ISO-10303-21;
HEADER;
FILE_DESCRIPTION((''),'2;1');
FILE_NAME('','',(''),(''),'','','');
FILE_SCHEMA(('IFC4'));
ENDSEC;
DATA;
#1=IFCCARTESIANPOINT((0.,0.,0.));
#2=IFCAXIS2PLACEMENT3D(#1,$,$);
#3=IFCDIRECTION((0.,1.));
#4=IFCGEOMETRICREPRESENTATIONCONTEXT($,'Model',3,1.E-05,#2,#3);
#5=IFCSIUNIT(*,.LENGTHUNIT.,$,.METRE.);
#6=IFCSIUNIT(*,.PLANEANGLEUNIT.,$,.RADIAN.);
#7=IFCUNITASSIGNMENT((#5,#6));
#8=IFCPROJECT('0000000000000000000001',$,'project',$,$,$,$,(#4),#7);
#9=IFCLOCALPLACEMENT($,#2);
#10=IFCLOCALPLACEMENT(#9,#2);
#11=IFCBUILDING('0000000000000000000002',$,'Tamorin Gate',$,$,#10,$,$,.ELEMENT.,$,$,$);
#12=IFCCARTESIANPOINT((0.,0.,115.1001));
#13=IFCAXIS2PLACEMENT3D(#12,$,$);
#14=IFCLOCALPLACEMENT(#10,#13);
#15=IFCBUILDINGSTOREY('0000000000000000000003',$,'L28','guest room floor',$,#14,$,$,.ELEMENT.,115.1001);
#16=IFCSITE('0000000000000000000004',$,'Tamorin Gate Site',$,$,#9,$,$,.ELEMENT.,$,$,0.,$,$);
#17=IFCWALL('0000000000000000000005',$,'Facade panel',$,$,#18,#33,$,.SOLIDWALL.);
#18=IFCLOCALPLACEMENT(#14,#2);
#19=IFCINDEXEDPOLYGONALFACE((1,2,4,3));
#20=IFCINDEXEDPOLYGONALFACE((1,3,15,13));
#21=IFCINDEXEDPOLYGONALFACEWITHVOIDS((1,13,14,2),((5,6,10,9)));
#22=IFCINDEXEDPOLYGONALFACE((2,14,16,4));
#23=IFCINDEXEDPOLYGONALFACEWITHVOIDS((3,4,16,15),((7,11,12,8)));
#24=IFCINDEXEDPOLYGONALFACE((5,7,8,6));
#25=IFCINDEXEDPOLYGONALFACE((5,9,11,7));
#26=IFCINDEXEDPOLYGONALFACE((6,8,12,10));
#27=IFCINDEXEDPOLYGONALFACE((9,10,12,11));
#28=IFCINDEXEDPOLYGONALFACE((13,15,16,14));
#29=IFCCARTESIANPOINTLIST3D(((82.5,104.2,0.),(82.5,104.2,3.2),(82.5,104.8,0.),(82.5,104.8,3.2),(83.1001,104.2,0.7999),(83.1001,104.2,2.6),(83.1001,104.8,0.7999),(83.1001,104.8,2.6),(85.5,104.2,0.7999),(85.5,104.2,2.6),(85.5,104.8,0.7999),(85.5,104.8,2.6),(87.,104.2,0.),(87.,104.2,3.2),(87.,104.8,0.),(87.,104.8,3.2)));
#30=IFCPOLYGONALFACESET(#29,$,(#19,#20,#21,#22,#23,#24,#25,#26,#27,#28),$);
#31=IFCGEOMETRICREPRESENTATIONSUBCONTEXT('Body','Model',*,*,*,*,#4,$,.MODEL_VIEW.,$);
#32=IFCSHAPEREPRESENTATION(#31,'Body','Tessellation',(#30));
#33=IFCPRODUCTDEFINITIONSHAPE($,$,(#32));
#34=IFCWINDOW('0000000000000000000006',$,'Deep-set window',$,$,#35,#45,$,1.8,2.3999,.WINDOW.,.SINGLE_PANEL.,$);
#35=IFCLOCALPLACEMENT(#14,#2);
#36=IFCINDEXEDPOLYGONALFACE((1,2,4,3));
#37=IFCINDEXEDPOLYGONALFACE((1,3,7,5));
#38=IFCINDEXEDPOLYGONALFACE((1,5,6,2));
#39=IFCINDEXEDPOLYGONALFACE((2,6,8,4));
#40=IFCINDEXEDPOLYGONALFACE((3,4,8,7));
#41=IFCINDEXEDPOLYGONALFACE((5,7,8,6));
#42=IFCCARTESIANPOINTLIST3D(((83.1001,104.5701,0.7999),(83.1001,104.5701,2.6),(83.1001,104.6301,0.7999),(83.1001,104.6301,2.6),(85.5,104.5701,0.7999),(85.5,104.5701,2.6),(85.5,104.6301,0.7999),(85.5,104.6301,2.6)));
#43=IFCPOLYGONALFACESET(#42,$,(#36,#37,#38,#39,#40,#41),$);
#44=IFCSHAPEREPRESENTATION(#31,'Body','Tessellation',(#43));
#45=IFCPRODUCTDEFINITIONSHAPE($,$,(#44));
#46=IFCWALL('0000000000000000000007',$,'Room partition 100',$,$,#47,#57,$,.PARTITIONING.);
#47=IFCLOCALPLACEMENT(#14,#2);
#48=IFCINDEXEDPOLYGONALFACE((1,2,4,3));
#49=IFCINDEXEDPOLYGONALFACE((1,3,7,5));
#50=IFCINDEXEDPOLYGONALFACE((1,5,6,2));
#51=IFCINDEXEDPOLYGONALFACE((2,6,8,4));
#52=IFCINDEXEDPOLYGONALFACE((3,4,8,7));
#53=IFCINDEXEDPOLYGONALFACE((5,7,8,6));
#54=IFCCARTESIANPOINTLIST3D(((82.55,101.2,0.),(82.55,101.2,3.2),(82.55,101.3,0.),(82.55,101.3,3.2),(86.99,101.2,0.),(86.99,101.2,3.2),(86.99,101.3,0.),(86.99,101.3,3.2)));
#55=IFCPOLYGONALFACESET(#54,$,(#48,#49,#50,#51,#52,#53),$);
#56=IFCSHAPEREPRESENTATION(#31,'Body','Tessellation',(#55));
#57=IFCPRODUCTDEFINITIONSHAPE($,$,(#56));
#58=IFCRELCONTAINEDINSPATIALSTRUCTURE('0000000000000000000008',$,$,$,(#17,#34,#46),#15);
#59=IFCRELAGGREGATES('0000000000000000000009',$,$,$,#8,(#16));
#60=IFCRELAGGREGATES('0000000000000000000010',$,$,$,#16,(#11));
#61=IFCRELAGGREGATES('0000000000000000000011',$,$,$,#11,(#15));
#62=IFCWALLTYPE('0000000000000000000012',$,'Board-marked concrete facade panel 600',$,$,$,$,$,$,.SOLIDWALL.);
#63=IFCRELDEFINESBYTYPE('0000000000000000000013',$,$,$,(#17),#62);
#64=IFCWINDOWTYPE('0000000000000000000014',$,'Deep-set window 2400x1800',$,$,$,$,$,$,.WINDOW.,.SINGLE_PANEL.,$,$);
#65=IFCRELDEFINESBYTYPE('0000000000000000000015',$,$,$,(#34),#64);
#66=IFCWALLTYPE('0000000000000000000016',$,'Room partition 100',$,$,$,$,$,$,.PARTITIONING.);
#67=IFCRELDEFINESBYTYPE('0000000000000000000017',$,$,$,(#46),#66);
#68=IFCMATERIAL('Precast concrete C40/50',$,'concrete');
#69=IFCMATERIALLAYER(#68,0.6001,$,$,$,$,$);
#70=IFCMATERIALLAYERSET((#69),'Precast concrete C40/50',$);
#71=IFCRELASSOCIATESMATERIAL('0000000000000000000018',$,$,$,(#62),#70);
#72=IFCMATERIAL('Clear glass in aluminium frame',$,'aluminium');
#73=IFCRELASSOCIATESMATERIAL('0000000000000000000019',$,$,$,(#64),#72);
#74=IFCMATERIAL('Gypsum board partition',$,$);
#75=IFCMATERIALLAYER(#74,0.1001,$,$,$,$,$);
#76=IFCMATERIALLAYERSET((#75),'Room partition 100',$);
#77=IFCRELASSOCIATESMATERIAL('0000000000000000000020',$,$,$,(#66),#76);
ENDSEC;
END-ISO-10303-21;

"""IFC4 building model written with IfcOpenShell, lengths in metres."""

from ifc_helpers import new_model, si_unit, direction, frame, frame_2d, origin, place, context, subcontext, project, spatial, rectangle, extrude, material, layer, layer_set, type_object, element, fill, save


model = new_model("IFC4")

# Units and contexts
model_context = context("Model", 3, precision=1e-05, world=origin(), true_north=direction((0.0, 1.0)))
body_context = subcontext(model_context, "Body", "Model", "MODEL_VIEW")
ifc_project = project(units=[si_unit("LENGTHUNIT", "METRE"), si_unit("PLANEANGLEUNIT", "RADIAN")], contexts=[model_context])

# Site, building, storey
site_placement = place(None, origin())
site = spatial("IfcSite", under=ifc_project, at=site_placement, Name="Tamorin Gate Site", CompositionType="ELEMENT", RefElevation=0.0)
building_placement = place(site_placement, origin())
building = spatial("IfcBuilding", under=site, at=building_placement, Name="Tamorin Gate", CompositionType="ELEMENT")
storey_placement = place(building_placement, frame((0.0, 0.0, 115.1001)))
storey = spatial("IfcBuildingStorey", under=building, at=storey_placement, Name="L28", Description="guest room floor", CompositionType="ELEMENT", Elevation=115.1001)

# Shared definitions
ifc_material_1 = material(Name="Precast concrete C40/50", Category="concrete")
ifc_layer_1 = layer(ifc_material_1, 0.6001)
ifc_layer_set_1 = layer_set([ifc_layer_1], Name="Precast concrete C40/50")
wall_type_1 = type_object("IfcWallType", Name="Board-marked concrete facade panel 600", PredefinedType="SOLIDWALL", material=ifc_layer_set_1)
ifc_material_2 = material(Name="Clear glass in aluminium frame", Category="aluminium")
window_type = type_object("IfcWindowType", Name="Deep-set window 2400x1800", PartitioningType="SINGLE_PANEL", PredefinedType="WINDOW", material=ifc_material_2)

# Wall, opening, window
wall_1_placement = place(storey_placement, frame((87.0, 104.5, 0.0), z_axis=(0.0, 0.0, 1.0), x_axis=(-1.0, 0.0, 0.0)))
wall_1 = element("IfcWall", 1, at=wall_1_placement, inside=storey, type_object=wall_type_1, Name="Facade panel", PredefinedType="SOLIDWALL", context=body_context, shape_type="SweptSolid", body=[
    extrude(rectangle(XDim=4.5, YDim=0.6001, at=frame_2d((2.25, 0.0))), origin(), (0.0, 0.0, 1.0), 3.2),
])
opening_1_placement = place(wall_1_placement, frame((1.5, 0.0, 0.8)))
opening_1 = element("IfcOpeningElement", 2, at=opening_1_placement, cuts=wall_1, PredefinedType="OPENING", context=body_context, shape_type="SweptSolid", body=[
    extrude(rectangle(XDim=2.3999, YDim=1.8, at=frame_2d((1.2, 0.8999))), frame((0.0, 0.3101, 0.0), z_axis=(0.0, -1.0, 0.0), x_axis=(1.0, 0.0, 0.0)), (0.0, 0.0, 1.0), 0.6201),
])
window_1_placement = place(opening_1_placement, origin())
window_1 = element("IfcWindow", 3, at=window_1_placement, inside=storey, type_object=window_type, Name="Deep-set window", OverallHeight=1.8, OverallWidth=2.3999, PartitioningType="SINGLE_PANEL", PredefinedType="WINDOW", context=body_context, shape_type="SweptSolid", body=[
    extrude(rectangle(XDim=2.3999, YDim=1.8, at=frame_2d((1.2, 0.8999))), frame((0.0, -0.0701, 0.0), z_axis=(0.0, -1.0, 0.0), x_axis=(1.0, 0.0, 0.0)), (0.0, 0.0, 1.0), 0.0601),
])
fill(opening_1, window_1)

# Wall
ifc_material_3 = material(Name="Gypsum board partition")
ifc_layer_2 = layer(ifc_material_3, 0.1001)
ifc_layer_set_2 = layer_set([ifc_layer_2], Name="Room partition 100")
wall_type_2 = type_object("IfcWallType", Name="Room partition 100", PredefinedType="PARTITIONING", material=ifc_layer_set_2)
wall_2_placement = place(storey_placement, frame((82.55, 101.25, 0.0), z_axis=(0.0, 0.0, 1.0), x_axis=(1.0, 0.0, 0.0)))
element("IfcWall", 4, at=wall_2_placement, inside=storey, type_object=wall_type_2, Name="Room partition 100", PredefinedType="PARTITIONING", context=body_context, shape_type="SweptSolid", body=[
    extrude(rectangle(XDim=4.4399, YDim=0.1001, at=frame_2d((2.22, 0.0))), origin(), (0.0, 0.0, 1.0), 3.2),
])

save(model, "model.ifc")
